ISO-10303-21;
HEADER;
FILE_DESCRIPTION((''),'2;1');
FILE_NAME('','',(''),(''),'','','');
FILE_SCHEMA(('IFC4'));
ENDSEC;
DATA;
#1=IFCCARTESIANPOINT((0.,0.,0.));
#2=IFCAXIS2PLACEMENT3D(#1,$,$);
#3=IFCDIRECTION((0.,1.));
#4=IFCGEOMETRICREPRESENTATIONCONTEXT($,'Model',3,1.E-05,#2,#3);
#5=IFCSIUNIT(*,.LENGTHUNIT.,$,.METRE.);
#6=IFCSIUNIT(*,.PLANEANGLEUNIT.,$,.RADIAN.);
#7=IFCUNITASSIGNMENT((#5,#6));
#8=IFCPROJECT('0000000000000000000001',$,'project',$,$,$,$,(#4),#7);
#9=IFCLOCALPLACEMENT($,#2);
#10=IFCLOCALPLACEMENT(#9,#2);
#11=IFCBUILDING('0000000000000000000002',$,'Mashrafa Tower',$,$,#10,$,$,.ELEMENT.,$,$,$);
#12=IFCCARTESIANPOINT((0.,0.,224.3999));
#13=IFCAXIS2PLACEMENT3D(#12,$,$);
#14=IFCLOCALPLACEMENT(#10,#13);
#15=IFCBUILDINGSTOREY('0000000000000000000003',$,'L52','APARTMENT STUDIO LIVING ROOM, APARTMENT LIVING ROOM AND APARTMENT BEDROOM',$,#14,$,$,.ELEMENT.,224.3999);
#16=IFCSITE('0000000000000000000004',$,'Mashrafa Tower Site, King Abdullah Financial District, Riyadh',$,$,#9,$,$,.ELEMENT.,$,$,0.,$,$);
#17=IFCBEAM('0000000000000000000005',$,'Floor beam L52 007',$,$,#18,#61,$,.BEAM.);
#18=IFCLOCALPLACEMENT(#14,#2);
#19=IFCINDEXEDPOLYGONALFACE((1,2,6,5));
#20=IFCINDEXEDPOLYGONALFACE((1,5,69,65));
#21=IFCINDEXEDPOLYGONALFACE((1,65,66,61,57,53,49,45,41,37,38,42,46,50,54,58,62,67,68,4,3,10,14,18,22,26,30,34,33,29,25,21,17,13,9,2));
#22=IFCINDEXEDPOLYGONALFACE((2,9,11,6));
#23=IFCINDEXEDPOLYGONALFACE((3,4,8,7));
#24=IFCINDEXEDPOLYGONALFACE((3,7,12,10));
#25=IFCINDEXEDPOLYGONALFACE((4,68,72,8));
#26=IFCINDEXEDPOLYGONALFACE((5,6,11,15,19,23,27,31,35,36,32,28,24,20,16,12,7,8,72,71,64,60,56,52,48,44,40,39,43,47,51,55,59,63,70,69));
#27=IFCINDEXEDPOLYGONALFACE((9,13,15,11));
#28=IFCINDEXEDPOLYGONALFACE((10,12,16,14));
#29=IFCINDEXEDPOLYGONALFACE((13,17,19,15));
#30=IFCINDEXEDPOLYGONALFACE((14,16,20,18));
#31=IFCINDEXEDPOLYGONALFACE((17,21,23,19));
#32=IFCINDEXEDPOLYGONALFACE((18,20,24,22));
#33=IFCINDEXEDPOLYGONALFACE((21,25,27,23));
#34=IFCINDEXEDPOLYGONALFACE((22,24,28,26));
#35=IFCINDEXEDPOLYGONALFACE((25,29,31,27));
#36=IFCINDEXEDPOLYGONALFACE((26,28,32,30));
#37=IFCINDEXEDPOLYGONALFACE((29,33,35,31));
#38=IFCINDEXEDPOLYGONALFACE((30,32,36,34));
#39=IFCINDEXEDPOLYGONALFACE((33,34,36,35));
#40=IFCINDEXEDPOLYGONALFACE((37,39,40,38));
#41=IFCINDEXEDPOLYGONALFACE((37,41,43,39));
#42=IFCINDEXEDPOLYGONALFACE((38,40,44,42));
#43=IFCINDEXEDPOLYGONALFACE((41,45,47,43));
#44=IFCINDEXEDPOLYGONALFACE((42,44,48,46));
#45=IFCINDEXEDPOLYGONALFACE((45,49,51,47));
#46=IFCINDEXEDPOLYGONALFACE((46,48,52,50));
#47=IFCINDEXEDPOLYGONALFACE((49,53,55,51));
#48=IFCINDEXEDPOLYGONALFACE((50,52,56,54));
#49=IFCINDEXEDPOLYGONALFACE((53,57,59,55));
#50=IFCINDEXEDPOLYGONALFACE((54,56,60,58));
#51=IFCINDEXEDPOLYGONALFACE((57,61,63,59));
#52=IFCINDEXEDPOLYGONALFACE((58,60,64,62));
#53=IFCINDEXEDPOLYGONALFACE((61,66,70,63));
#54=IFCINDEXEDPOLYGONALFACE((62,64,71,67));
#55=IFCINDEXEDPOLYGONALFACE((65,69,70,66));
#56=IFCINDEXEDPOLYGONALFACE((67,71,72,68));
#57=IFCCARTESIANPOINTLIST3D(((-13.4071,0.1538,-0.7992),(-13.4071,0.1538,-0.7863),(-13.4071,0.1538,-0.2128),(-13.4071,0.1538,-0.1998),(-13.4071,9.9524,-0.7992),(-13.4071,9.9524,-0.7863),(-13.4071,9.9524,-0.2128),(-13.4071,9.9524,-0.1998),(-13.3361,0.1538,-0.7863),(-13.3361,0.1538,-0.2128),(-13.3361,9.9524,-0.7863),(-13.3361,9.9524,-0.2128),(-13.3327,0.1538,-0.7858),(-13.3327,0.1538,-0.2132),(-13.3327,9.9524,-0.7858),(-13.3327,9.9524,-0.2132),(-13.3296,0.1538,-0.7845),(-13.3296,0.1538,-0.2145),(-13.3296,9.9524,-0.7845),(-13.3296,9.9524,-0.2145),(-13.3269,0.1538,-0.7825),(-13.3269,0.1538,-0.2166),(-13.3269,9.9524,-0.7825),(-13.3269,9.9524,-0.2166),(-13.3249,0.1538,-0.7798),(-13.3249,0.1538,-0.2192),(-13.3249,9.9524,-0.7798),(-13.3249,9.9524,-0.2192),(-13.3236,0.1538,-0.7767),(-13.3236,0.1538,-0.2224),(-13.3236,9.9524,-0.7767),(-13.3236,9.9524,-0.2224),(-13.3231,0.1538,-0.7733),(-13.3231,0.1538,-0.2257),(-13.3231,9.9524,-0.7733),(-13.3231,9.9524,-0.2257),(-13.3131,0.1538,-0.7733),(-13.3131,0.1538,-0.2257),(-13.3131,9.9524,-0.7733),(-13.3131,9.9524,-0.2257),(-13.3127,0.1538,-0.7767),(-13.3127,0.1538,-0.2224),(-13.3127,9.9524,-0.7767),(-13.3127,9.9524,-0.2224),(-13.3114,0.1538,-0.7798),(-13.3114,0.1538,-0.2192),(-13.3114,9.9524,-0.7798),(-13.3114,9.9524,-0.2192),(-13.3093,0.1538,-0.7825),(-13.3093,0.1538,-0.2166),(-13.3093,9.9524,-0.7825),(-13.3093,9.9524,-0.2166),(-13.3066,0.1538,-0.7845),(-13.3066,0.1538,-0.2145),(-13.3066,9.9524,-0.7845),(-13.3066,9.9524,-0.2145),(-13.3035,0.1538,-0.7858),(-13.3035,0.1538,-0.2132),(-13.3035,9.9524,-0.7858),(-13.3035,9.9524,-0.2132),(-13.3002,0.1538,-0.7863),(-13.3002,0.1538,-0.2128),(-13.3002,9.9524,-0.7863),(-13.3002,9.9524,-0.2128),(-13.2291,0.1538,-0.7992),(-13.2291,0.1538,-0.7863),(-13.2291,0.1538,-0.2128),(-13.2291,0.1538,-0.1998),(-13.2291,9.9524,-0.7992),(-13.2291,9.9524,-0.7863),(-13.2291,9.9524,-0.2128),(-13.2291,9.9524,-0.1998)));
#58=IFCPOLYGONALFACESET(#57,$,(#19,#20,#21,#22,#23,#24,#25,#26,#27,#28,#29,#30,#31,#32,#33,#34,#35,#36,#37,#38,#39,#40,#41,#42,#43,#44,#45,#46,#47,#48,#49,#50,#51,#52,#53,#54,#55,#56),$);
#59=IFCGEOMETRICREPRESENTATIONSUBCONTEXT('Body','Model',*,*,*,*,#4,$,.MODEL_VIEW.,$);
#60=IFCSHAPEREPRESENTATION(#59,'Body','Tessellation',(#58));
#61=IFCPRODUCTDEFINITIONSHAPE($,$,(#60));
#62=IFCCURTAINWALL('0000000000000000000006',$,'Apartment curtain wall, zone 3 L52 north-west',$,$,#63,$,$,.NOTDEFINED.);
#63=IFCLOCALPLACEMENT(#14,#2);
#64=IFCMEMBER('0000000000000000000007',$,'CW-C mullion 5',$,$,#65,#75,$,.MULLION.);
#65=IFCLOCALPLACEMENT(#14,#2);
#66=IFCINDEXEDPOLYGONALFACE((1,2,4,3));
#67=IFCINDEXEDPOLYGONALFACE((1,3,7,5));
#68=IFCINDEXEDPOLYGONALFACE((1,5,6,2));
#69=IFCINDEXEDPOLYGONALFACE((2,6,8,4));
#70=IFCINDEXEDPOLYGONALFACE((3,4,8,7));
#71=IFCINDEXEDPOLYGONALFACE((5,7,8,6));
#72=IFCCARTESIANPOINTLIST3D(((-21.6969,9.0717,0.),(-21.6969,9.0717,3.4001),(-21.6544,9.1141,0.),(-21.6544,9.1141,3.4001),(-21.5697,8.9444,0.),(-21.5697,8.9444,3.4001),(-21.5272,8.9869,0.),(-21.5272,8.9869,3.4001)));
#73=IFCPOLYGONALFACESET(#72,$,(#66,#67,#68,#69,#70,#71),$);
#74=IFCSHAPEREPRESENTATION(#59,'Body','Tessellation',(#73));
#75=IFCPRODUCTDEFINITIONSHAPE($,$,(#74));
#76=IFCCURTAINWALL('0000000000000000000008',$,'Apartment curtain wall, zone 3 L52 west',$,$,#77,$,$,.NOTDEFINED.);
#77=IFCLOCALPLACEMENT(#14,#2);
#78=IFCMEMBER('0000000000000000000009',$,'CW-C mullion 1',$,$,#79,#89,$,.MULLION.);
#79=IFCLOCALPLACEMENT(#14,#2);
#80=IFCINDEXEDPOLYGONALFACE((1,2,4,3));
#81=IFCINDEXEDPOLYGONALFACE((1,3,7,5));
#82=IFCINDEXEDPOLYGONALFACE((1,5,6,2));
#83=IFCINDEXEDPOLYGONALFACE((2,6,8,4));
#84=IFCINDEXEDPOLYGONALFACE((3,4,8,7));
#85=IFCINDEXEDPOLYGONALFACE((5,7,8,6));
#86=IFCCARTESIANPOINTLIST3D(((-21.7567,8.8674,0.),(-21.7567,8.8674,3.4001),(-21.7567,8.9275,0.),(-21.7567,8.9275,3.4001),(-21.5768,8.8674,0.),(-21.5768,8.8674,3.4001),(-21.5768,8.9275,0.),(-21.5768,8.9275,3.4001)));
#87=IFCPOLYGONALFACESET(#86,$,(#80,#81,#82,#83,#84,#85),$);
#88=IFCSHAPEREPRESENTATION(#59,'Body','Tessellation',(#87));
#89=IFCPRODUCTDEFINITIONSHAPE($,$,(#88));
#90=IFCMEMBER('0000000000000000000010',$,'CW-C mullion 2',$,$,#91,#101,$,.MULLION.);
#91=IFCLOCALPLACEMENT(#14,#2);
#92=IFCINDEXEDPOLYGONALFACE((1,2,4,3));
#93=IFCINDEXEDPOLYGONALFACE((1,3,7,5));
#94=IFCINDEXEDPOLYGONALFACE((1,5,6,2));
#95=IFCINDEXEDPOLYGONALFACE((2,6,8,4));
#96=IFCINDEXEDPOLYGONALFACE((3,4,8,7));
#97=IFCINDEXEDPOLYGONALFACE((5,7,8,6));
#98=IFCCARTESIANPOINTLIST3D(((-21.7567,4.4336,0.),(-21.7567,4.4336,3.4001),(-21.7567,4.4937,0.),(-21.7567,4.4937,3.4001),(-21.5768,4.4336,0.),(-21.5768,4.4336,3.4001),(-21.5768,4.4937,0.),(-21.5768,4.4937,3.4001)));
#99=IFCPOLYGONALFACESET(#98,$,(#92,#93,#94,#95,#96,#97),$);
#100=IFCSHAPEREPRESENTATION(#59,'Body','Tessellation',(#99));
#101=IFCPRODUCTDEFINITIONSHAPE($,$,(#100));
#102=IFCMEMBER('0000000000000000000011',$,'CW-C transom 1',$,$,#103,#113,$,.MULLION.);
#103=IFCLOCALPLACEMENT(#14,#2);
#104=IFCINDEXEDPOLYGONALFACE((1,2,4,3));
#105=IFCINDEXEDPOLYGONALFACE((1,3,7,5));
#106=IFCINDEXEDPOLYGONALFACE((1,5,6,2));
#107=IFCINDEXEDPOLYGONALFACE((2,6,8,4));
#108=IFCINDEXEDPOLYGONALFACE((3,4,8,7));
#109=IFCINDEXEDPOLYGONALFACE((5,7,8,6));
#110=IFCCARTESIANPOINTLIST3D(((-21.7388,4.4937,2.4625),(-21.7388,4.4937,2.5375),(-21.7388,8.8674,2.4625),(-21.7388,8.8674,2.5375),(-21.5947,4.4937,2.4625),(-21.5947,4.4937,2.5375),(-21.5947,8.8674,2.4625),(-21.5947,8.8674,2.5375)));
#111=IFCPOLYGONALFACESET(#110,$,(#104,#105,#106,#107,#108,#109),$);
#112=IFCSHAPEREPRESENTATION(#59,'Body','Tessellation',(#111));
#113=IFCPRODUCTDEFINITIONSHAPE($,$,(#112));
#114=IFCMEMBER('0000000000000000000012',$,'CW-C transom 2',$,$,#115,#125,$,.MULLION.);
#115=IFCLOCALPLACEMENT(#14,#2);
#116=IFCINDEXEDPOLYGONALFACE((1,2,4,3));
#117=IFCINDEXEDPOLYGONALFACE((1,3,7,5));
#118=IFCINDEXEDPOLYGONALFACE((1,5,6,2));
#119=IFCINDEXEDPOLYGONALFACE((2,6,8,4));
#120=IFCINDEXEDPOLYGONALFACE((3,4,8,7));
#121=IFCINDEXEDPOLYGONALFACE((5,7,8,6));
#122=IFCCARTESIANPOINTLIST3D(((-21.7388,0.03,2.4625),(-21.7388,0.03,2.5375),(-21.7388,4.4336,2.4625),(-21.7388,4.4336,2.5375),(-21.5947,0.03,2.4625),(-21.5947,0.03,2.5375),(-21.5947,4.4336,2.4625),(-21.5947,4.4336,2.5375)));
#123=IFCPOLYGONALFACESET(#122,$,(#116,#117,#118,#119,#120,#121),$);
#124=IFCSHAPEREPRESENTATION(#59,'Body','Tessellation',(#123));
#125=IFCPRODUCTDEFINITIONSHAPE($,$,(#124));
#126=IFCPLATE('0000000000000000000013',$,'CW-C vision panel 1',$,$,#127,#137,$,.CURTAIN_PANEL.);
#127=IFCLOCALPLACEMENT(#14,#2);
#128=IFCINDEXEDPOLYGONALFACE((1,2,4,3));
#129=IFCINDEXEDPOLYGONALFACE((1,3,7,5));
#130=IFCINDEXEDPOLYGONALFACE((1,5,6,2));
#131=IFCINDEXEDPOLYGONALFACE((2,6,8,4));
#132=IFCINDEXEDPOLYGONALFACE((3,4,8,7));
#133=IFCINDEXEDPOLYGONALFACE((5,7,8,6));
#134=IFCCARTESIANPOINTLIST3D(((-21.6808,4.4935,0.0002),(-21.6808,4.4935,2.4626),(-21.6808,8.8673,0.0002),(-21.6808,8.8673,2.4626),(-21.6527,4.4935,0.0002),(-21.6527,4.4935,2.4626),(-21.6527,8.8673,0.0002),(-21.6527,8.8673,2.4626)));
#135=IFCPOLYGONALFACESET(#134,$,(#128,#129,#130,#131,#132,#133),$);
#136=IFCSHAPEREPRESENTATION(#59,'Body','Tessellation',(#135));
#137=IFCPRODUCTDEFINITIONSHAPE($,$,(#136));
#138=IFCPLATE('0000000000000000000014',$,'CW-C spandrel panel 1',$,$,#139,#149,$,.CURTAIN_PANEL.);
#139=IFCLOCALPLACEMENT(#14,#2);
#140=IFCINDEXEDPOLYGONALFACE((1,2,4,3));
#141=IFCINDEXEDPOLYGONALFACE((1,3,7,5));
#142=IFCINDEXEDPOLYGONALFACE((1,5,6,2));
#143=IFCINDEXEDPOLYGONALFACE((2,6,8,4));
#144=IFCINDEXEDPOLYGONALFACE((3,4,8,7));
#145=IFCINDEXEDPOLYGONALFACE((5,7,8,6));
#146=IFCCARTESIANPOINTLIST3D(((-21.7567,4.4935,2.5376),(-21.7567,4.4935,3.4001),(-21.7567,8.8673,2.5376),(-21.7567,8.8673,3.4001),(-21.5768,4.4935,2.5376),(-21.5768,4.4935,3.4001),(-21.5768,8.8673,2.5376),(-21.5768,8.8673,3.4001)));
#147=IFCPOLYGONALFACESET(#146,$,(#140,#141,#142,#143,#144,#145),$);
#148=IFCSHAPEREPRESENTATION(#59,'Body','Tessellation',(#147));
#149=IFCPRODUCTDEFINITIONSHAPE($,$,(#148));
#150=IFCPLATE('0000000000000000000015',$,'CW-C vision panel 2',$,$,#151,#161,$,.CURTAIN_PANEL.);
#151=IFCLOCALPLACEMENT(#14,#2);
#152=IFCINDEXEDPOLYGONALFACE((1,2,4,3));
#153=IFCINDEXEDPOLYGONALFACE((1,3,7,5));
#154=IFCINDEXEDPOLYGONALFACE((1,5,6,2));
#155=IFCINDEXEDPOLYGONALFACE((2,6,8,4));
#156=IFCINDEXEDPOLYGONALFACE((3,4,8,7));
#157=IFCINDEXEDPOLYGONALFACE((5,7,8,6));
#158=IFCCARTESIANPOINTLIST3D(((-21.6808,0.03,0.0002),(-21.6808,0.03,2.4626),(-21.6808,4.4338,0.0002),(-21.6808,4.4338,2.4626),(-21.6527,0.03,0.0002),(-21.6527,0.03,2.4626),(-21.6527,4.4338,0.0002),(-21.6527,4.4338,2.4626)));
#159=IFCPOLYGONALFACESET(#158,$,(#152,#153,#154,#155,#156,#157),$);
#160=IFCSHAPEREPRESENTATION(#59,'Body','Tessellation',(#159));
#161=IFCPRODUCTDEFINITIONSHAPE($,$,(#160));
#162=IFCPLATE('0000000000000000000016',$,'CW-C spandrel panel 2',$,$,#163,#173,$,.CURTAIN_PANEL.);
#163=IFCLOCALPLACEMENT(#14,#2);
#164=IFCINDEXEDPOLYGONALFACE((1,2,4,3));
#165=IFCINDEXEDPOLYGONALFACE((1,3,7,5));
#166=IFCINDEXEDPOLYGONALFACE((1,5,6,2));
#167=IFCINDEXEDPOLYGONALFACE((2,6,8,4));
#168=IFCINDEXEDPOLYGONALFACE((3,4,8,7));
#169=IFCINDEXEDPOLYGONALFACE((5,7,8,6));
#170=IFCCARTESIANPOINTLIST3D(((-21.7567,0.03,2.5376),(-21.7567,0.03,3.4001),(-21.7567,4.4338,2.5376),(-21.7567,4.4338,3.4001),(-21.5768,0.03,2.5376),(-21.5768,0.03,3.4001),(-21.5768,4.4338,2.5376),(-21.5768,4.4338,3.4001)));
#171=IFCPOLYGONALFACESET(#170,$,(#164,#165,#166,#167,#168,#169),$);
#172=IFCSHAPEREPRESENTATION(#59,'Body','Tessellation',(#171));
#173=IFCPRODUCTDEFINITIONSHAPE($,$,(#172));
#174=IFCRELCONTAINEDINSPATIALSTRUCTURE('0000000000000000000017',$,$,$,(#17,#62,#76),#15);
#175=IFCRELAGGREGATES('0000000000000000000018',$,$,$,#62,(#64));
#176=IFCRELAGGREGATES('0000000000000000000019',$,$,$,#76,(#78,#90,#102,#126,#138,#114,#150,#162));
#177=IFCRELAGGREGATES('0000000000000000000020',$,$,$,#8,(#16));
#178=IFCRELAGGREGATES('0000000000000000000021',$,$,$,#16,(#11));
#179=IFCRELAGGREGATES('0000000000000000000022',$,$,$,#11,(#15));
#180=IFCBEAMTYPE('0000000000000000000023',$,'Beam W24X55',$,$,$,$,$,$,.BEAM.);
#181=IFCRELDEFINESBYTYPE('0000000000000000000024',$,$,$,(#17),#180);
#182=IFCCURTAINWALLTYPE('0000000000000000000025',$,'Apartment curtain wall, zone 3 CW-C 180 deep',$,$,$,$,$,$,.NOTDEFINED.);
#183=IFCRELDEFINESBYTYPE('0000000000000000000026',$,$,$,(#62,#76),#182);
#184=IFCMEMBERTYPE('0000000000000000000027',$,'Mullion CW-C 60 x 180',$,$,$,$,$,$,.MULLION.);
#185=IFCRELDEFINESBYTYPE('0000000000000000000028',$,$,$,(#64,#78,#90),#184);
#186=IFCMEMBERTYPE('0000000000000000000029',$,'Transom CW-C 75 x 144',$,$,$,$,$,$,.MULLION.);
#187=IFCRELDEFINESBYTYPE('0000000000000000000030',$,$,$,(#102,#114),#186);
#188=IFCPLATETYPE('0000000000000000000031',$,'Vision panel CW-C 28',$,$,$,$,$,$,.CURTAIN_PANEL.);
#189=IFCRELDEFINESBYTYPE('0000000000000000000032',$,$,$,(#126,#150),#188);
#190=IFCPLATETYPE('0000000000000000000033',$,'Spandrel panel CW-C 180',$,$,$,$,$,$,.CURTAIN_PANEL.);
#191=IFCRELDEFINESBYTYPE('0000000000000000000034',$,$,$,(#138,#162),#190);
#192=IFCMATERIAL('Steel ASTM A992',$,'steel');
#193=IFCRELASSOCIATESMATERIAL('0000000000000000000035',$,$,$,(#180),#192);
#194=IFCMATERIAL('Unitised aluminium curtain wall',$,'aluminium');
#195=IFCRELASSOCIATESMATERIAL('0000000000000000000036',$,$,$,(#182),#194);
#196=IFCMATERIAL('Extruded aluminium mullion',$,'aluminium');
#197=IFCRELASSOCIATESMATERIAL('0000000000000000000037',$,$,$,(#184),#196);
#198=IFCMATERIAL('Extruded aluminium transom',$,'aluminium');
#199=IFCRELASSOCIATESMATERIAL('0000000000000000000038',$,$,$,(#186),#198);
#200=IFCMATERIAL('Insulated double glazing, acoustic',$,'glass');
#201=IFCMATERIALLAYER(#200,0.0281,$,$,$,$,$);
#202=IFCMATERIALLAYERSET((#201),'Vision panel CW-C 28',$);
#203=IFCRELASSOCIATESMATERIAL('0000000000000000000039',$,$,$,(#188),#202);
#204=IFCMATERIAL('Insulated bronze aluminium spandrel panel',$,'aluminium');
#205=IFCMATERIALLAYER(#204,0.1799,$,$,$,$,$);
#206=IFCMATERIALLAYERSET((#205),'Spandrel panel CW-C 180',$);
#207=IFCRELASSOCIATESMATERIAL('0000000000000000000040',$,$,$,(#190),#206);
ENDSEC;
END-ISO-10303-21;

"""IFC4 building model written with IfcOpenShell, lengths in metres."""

from ifc_helpers import new_model, si_unit, direction, frame, origin, origin_2d, place, context, subcontext, project, spatial, rectangle, i_section, extrude, source, transform, mapped, material, layer, layer_set, material_profile, profile_set, type_object, type_shapes, element, aggregate, save


model = new_model("IFC4")

# Units and contexts
model_context = context("Model", 3, precision=1e-05, world=origin(), true_north=direction((0.0, 1.0)))
body_context = subcontext(model_context, "Body", "Model", "MODEL_VIEW")
ifc_project = project(units=[si_unit("LENGTHUNIT", "METRE"), si_unit("PLANEANGLEUNIT", "RADIAN")], contexts=[model_context])

# Site, building, storey
site_placement = place(None, origin())
site = spatial("IfcSite", under=ifc_project, at=site_placement, Name="Mashrafa Tower Site, King Abdullah Financial District, Riyadh", CompositionType="ELEMENT", RefElevation=0.0)
building_placement = place(site_placement, origin())
building = spatial("IfcBuilding", under=site, at=building_placement, Name="Mashrafa Tower", CompositionType="ELEMENT")
storey_placement = place(building_placement, frame((0.0, 0.0, 224.3999)))
storey = spatial("IfcBuildingStorey", under=building, at=storey_placement, Name="L52", Description="APARTMENT STUDIO LIVING ROOM, APARTMENT LIVING ROOM AND APARTMENT BEDROOM", CompositionType="ELEMENT", Elevation=224.3999)

# Beam
ifc_material_1 = material(Name="Steel ASTM A992", Category="steel")
ifc_material_profile_1 = material_profile(ifc_material_1, i_section(OverallWidth=0.178, OverallDepth=0.5994, WebThickness=0.01, FlangeThickness=0.0129, FilletRadius=0.0129, at=origin_2d()), Name="W24X55")
ifc_profile_set_1 = profile_set([ifc_material_profile_1], Name="Steel ASTM A992")
beam_type_1 = type_object("IfcBeamType", Name="Beam W24X55", PredefinedType="BEAM", material=ifc_profile_set_1)
beam_1_placement = place(storey_placement, frame((-13.3181, 0.1538, -0.4995), z_axis=(0.0, 1.0, 0.0), x_axis=(-1.0, 0.0, 0.0)))
element("IfcBeam", 1, at=beam_1_placement, inside=storey, type_object=beam_type_1, Name="Floor beam L52 007", PredefinedType="BEAM", context=body_context, shape_type="SweptSolid", body=[
    extrude(i_section(OverallWidth=0.178, OverallDepth=0.5994, WebThickness=0.01, FlangeThickness=0.0129, FilletRadius=0.0129, at=origin_2d()), origin(), (0.0, 0.0, 1.0), 9.7986),
])

# Curtain wall, member
ifc_material_2 = material(Name="Unitised aluminium curtain wall", Category="aluminium")
curtain_wall_type = type_object("IfcCurtainWallType", Name="Apartment curtain wall, zone 3 CW-C 180 deep", PredefinedType="NOTDEFINED", material=ifc_material_2)
curtain_wall_1_placement = place(storey_placement, origin())
curtain_wall_1 = element("IfcCurtainWall", 2, at=curtain_wall_1_placement, inside=storey, type_object=curtain_wall_type, Name="Apartment curtain wall, zone 3 L52 north-west", PredefinedType="NOTDEFINED")
ifc_material_3 = material(Name="Extruded aluminium mullion", Category="aluminium")
ifc_material_profile_2 = material_profile(ifc_material_3, rectangle(XDim=0.1799, YDim=0.0601, at=origin_2d()), Name="Mullion 60x180")
ifc_profile_set_2 = profile_set([ifc_material_profile_2], Name="Extruded aluminium mullion")
member_type_1 = type_object("IfcMemberType", Name="Mullion CW-C 60 x 180", PredefinedType="MULLION", material=ifc_profile_set_2)
shared_shape_1 = source(origin(), body_context, "Body", "SweptSolid", [
    extrude(rectangle(XDim=0.1799, YDim=0.0601, at=origin_2d()), origin(), (0.0, 0.0, 1.0), 3.4001),
])
type_shapes(member_type_1, [shared_shape_1])
member_1_placement = place(storey_placement, frame((-21.6121, 9.0293, 0.0), z_axis=(0.0, 0.0, 1.0), x_axis=(0.707107, -0.707107, 0.0)))
member_1 = element("IfcMember", 3, at=member_1_placement, type_object=member_type_1, Name="CW-C mullion 5", PredefinedType="MULLION", context=body_context, shape_type="MappedRepresentation", body=[
    mapped(shared_shape_1, transform((0.0, 0.0, 0.0))),
])
aggregate(curtain_wall_1, [member_1])

# Curtain wall, members, plates
curtain_wall_2_placement = place(storey_placement, origin())
curtain_wall_2 = element("IfcCurtainWall", 4, at=curtain_wall_2_placement, inside=storey, type_object=curtain_wall_type, Name="Apartment curtain wall, zone 3 L52 west", PredefinedType="NOTDEFINED")
member_2_placement = place(storey_placement, frame((-21.6667, 8.8975, 0.0), z_axis=(0.0, 0.0, 1.0), x_axis=(1.0, 0.0, 0.0)))
member_2 = element("IfcMember", 5, at=member_2_placement, type_object=member_type_1, Name="CW-C mullion 1", PredefinedType="MULLION", context=body_context, shape_type="MappedRepresentation", body=[
    mapped(shared_shape_1, transform((0.0, 0.0, 0.0))),
])
member_3_placement = place(storey_placement, frame((-21.6667, 4.4636, 0.0), z_axis=(0.0, 0.0, 1.0), x_axis=(1.0, 0.0, 0.0)))
member_3 = element("IfcMember", 6, at=member_3_placement, type_object=member_type_1, Name="CW-C mullion 2", PredefinedType="MULLION", context=body_context, shape_type="MappedRepresentation", body=[
    mapped(shared_shape_1, transform((0.0, 0.0, 0.0))),
])
ifc_material_4 = material(Name="Extruded aluminium transom", Category="aluminium")
ifc_material_profile_3 = material_profile(ifc_material_4, rectangle(XDim=0.144, YDim=0.075, at=origin_2d()), Name="Transom 75x144")
ifc_profile_set_3 = profile_set([ifc_material_profile_3], Name="Extruded aluminium transom")
member_type_2 = type_object("IfcMemberType", Name="Transom CW-C 75 x 144", PredefinedType="MULLION", material=ifc_profile_set_3)
shared_shape_2 = source(origin(), body_context, "Body", "SweptSolid", [
    extrude(rectangle(XDim=0.144, YDim=0.075, at=origin_2d()), origin(), (0.0, 0.0, 1.0), 4.3738),
])
member_4_placement = place(storey_placement, frame((-21.6667, 8.8674, 2.5), z_axis=(0.0, -1.0, 0.0), x_axis=(1.0, 0.0, 0.0)))
member_4 = element("IfcMember", 7, at=member_4_placement, type_object=member_type_2, Name="CW-C transom 1", PredefinedType="MULLION", context=body_context, shape_type="MappedRepresentation", body=[
    mapped(shared_shape_2, transform((0.0, 0.0, 0.0))),
])
shared_shape_3 = source(origin(), body_context, "Body", "SweptSolid", [
    extrude(rectangle(XDim=0.144, YDim=0.075, at=origin_2d()), origin(), (0.0, 0.0, 1.0), 4.4036),
])
type_shapes(member_type_2, [shared_shape_2, shared_shape_3])
member_5_placement = place(storey_placement, frame((-21.6667, 4.4336, 2.5), z_axis=(0.0, -1.0, 0.0), x_axis=(1.0, 0.0, 0.0)))
member_5 = element("IfcMember", 8, at=member_5_placement, type_object=member_type_2, Name="CW-C transom 2", PredefinedType="MULLION", context=body_context, shape_type="MappedRepresentation", body=[
    mapped(shared_shape_3, transform((0.0, 0.0, 0.0))),
])
ifc_material_5 = material(Name="Insulated double glazing, acoustic", Category="glass")
ifc_layer_1 = layer(ifc_material_5, 0.0281)
ifc_layer_set_1 = layer_set([ifc_layer_1], Name="Vision panel CW-C 28")
plate_type_1 = type_object("IfcPlateType", Name="Vision panel CW-C 28", PredefinedType="CURTAIN_PANEL", material=ifc_layer_set_1)
shared_shape_4 = source(origin(), body_context, "Body", "SweptSolid", [
    extrude(rectangle(XDim=4.3738, YDim=0.0281, at=origin_2d()), origin(), (0.0, 0.0, 1.0), 2.4624),
])
plate_1_placement = place(storey_placement, frame((-21.6667, 6.6804, 0.0002), z_axis=(0.0, 0.0, 1.0), x_axis=(0.0, -1.0, 0.0)))
plate_1 = element("IfcPlate", 9, at=plate_1_placement, type_object=plate_type_1, Name="CW-C vision panel 1", PredefinedType="CURTAIN_PANEL", context=body_context, shape_type="MappedRepresentation", body=[
    mapped(shared_shape_4, transform((0.0, 0.0, 0.0))),
])
ifc_material_6 = material(Name="Insulated bronze aluminium spandrel panel", Category="aluminium")
ifc_layer_2 = layer(ifc_material_6, 0.1799)
ifc_layer_set_2 = layer_set([ifc_layer_2], Name="Spandrel panel CW-C 180")
plate_type_2 = type_object("IfcPlateType", Name="Spandrel panel CW-C 180", PredefinedType="CURTAIN_PANEL", material=ifc_layer_set_2)
shared_shape_5 = source(origin(), body_context, "Body", "SweptSolid", [
    extrude(rectangle(XDim=4.3738, YDim=0.1799, at=origin_2d()), origin(), (0.0, 0.0, 1.0), 0.8625),
])
plate_2_placement = place(storey_placement, frame((-21.6667, 6.6804, 2.5376), z_axis=(0.0, 0.0, 1.0), x_axis=(0.0, -1.0, 0.0)))
plate_2 = element("IfcPlate", 10, at=plate_2_placement, type_object=plate_type_2, Name="CW-C spandrel panel 1", PredefinedType="CURTAIN_PANEL", context=body_context, shape_type="MappedRepresentation", body=[
    mapped(shared_shape_5, transform((0.0, 0.0, 0.0))),
])
shared_shape_6 = source(origin(), body_context, "Body", "SweptSolid", [
    extrude(rectangle(XDim=4.4038, YDim=0.0281, at=origin_2d()), origin(), (0.0, 0.0, 1.0), 2.4624),
])
type_shapes(plate_type_1, [shared_shape_4, shared_shape_6])
plate_3_placement = place(storey_placement, frame((-21.6667, 2.2319, 0.0002), z_axis=(0.0, 0.0, 1.0), x_axis=(0.0, -1.0, 0.0)))
plate_3 = element("IfcPlate", 11, at=plate_3_placement, type_object=plate_type_1, Name="CW-C vision panel 2", PredefinedType="CURTAIN_PANEL", context=body_context, shape_type="MappedRepresentation", body=[
    mapped(shared_shape_6, transform((0.0, 0.0, 0.0))),
])
shared_shape_7 = source(origin(), body_context, "Body", "SweptSolid", [
    extrude(rectangle(XDim=4.4038, YDim=0.1799, at=origin_2d()), origin(), (0.0, 0.0, 1.0), 0.8625),
])
type_shapes(plate_type_2, [shared_shape_5, shared_shape_7])
plate_4_placement = place(storey_placement, frame((-21.6667, 2.2319, 2.5376), z_axis=(0.0, 0.0, 1.0), x_axis=(0.0, -1.0, 0.0)))
plate_4 = element("IfcPlate", 12, at=plate_4_placement, type_object=plate_type_2, Name="CW-C spandrel panel 2", PredefinedType="CURTAIN_PANEL", context=body_context, shape_type="MappedRepresentation", body=[
    mapped(shared_shape_7, transform((0.0, 0.0, 0.0))),
])
aggregate(curtain_wall_2, [member_2, member_3, member_4, plate_1, plate_2, member_5, plate_3, plate_4])

save(model, "model.ifc")
